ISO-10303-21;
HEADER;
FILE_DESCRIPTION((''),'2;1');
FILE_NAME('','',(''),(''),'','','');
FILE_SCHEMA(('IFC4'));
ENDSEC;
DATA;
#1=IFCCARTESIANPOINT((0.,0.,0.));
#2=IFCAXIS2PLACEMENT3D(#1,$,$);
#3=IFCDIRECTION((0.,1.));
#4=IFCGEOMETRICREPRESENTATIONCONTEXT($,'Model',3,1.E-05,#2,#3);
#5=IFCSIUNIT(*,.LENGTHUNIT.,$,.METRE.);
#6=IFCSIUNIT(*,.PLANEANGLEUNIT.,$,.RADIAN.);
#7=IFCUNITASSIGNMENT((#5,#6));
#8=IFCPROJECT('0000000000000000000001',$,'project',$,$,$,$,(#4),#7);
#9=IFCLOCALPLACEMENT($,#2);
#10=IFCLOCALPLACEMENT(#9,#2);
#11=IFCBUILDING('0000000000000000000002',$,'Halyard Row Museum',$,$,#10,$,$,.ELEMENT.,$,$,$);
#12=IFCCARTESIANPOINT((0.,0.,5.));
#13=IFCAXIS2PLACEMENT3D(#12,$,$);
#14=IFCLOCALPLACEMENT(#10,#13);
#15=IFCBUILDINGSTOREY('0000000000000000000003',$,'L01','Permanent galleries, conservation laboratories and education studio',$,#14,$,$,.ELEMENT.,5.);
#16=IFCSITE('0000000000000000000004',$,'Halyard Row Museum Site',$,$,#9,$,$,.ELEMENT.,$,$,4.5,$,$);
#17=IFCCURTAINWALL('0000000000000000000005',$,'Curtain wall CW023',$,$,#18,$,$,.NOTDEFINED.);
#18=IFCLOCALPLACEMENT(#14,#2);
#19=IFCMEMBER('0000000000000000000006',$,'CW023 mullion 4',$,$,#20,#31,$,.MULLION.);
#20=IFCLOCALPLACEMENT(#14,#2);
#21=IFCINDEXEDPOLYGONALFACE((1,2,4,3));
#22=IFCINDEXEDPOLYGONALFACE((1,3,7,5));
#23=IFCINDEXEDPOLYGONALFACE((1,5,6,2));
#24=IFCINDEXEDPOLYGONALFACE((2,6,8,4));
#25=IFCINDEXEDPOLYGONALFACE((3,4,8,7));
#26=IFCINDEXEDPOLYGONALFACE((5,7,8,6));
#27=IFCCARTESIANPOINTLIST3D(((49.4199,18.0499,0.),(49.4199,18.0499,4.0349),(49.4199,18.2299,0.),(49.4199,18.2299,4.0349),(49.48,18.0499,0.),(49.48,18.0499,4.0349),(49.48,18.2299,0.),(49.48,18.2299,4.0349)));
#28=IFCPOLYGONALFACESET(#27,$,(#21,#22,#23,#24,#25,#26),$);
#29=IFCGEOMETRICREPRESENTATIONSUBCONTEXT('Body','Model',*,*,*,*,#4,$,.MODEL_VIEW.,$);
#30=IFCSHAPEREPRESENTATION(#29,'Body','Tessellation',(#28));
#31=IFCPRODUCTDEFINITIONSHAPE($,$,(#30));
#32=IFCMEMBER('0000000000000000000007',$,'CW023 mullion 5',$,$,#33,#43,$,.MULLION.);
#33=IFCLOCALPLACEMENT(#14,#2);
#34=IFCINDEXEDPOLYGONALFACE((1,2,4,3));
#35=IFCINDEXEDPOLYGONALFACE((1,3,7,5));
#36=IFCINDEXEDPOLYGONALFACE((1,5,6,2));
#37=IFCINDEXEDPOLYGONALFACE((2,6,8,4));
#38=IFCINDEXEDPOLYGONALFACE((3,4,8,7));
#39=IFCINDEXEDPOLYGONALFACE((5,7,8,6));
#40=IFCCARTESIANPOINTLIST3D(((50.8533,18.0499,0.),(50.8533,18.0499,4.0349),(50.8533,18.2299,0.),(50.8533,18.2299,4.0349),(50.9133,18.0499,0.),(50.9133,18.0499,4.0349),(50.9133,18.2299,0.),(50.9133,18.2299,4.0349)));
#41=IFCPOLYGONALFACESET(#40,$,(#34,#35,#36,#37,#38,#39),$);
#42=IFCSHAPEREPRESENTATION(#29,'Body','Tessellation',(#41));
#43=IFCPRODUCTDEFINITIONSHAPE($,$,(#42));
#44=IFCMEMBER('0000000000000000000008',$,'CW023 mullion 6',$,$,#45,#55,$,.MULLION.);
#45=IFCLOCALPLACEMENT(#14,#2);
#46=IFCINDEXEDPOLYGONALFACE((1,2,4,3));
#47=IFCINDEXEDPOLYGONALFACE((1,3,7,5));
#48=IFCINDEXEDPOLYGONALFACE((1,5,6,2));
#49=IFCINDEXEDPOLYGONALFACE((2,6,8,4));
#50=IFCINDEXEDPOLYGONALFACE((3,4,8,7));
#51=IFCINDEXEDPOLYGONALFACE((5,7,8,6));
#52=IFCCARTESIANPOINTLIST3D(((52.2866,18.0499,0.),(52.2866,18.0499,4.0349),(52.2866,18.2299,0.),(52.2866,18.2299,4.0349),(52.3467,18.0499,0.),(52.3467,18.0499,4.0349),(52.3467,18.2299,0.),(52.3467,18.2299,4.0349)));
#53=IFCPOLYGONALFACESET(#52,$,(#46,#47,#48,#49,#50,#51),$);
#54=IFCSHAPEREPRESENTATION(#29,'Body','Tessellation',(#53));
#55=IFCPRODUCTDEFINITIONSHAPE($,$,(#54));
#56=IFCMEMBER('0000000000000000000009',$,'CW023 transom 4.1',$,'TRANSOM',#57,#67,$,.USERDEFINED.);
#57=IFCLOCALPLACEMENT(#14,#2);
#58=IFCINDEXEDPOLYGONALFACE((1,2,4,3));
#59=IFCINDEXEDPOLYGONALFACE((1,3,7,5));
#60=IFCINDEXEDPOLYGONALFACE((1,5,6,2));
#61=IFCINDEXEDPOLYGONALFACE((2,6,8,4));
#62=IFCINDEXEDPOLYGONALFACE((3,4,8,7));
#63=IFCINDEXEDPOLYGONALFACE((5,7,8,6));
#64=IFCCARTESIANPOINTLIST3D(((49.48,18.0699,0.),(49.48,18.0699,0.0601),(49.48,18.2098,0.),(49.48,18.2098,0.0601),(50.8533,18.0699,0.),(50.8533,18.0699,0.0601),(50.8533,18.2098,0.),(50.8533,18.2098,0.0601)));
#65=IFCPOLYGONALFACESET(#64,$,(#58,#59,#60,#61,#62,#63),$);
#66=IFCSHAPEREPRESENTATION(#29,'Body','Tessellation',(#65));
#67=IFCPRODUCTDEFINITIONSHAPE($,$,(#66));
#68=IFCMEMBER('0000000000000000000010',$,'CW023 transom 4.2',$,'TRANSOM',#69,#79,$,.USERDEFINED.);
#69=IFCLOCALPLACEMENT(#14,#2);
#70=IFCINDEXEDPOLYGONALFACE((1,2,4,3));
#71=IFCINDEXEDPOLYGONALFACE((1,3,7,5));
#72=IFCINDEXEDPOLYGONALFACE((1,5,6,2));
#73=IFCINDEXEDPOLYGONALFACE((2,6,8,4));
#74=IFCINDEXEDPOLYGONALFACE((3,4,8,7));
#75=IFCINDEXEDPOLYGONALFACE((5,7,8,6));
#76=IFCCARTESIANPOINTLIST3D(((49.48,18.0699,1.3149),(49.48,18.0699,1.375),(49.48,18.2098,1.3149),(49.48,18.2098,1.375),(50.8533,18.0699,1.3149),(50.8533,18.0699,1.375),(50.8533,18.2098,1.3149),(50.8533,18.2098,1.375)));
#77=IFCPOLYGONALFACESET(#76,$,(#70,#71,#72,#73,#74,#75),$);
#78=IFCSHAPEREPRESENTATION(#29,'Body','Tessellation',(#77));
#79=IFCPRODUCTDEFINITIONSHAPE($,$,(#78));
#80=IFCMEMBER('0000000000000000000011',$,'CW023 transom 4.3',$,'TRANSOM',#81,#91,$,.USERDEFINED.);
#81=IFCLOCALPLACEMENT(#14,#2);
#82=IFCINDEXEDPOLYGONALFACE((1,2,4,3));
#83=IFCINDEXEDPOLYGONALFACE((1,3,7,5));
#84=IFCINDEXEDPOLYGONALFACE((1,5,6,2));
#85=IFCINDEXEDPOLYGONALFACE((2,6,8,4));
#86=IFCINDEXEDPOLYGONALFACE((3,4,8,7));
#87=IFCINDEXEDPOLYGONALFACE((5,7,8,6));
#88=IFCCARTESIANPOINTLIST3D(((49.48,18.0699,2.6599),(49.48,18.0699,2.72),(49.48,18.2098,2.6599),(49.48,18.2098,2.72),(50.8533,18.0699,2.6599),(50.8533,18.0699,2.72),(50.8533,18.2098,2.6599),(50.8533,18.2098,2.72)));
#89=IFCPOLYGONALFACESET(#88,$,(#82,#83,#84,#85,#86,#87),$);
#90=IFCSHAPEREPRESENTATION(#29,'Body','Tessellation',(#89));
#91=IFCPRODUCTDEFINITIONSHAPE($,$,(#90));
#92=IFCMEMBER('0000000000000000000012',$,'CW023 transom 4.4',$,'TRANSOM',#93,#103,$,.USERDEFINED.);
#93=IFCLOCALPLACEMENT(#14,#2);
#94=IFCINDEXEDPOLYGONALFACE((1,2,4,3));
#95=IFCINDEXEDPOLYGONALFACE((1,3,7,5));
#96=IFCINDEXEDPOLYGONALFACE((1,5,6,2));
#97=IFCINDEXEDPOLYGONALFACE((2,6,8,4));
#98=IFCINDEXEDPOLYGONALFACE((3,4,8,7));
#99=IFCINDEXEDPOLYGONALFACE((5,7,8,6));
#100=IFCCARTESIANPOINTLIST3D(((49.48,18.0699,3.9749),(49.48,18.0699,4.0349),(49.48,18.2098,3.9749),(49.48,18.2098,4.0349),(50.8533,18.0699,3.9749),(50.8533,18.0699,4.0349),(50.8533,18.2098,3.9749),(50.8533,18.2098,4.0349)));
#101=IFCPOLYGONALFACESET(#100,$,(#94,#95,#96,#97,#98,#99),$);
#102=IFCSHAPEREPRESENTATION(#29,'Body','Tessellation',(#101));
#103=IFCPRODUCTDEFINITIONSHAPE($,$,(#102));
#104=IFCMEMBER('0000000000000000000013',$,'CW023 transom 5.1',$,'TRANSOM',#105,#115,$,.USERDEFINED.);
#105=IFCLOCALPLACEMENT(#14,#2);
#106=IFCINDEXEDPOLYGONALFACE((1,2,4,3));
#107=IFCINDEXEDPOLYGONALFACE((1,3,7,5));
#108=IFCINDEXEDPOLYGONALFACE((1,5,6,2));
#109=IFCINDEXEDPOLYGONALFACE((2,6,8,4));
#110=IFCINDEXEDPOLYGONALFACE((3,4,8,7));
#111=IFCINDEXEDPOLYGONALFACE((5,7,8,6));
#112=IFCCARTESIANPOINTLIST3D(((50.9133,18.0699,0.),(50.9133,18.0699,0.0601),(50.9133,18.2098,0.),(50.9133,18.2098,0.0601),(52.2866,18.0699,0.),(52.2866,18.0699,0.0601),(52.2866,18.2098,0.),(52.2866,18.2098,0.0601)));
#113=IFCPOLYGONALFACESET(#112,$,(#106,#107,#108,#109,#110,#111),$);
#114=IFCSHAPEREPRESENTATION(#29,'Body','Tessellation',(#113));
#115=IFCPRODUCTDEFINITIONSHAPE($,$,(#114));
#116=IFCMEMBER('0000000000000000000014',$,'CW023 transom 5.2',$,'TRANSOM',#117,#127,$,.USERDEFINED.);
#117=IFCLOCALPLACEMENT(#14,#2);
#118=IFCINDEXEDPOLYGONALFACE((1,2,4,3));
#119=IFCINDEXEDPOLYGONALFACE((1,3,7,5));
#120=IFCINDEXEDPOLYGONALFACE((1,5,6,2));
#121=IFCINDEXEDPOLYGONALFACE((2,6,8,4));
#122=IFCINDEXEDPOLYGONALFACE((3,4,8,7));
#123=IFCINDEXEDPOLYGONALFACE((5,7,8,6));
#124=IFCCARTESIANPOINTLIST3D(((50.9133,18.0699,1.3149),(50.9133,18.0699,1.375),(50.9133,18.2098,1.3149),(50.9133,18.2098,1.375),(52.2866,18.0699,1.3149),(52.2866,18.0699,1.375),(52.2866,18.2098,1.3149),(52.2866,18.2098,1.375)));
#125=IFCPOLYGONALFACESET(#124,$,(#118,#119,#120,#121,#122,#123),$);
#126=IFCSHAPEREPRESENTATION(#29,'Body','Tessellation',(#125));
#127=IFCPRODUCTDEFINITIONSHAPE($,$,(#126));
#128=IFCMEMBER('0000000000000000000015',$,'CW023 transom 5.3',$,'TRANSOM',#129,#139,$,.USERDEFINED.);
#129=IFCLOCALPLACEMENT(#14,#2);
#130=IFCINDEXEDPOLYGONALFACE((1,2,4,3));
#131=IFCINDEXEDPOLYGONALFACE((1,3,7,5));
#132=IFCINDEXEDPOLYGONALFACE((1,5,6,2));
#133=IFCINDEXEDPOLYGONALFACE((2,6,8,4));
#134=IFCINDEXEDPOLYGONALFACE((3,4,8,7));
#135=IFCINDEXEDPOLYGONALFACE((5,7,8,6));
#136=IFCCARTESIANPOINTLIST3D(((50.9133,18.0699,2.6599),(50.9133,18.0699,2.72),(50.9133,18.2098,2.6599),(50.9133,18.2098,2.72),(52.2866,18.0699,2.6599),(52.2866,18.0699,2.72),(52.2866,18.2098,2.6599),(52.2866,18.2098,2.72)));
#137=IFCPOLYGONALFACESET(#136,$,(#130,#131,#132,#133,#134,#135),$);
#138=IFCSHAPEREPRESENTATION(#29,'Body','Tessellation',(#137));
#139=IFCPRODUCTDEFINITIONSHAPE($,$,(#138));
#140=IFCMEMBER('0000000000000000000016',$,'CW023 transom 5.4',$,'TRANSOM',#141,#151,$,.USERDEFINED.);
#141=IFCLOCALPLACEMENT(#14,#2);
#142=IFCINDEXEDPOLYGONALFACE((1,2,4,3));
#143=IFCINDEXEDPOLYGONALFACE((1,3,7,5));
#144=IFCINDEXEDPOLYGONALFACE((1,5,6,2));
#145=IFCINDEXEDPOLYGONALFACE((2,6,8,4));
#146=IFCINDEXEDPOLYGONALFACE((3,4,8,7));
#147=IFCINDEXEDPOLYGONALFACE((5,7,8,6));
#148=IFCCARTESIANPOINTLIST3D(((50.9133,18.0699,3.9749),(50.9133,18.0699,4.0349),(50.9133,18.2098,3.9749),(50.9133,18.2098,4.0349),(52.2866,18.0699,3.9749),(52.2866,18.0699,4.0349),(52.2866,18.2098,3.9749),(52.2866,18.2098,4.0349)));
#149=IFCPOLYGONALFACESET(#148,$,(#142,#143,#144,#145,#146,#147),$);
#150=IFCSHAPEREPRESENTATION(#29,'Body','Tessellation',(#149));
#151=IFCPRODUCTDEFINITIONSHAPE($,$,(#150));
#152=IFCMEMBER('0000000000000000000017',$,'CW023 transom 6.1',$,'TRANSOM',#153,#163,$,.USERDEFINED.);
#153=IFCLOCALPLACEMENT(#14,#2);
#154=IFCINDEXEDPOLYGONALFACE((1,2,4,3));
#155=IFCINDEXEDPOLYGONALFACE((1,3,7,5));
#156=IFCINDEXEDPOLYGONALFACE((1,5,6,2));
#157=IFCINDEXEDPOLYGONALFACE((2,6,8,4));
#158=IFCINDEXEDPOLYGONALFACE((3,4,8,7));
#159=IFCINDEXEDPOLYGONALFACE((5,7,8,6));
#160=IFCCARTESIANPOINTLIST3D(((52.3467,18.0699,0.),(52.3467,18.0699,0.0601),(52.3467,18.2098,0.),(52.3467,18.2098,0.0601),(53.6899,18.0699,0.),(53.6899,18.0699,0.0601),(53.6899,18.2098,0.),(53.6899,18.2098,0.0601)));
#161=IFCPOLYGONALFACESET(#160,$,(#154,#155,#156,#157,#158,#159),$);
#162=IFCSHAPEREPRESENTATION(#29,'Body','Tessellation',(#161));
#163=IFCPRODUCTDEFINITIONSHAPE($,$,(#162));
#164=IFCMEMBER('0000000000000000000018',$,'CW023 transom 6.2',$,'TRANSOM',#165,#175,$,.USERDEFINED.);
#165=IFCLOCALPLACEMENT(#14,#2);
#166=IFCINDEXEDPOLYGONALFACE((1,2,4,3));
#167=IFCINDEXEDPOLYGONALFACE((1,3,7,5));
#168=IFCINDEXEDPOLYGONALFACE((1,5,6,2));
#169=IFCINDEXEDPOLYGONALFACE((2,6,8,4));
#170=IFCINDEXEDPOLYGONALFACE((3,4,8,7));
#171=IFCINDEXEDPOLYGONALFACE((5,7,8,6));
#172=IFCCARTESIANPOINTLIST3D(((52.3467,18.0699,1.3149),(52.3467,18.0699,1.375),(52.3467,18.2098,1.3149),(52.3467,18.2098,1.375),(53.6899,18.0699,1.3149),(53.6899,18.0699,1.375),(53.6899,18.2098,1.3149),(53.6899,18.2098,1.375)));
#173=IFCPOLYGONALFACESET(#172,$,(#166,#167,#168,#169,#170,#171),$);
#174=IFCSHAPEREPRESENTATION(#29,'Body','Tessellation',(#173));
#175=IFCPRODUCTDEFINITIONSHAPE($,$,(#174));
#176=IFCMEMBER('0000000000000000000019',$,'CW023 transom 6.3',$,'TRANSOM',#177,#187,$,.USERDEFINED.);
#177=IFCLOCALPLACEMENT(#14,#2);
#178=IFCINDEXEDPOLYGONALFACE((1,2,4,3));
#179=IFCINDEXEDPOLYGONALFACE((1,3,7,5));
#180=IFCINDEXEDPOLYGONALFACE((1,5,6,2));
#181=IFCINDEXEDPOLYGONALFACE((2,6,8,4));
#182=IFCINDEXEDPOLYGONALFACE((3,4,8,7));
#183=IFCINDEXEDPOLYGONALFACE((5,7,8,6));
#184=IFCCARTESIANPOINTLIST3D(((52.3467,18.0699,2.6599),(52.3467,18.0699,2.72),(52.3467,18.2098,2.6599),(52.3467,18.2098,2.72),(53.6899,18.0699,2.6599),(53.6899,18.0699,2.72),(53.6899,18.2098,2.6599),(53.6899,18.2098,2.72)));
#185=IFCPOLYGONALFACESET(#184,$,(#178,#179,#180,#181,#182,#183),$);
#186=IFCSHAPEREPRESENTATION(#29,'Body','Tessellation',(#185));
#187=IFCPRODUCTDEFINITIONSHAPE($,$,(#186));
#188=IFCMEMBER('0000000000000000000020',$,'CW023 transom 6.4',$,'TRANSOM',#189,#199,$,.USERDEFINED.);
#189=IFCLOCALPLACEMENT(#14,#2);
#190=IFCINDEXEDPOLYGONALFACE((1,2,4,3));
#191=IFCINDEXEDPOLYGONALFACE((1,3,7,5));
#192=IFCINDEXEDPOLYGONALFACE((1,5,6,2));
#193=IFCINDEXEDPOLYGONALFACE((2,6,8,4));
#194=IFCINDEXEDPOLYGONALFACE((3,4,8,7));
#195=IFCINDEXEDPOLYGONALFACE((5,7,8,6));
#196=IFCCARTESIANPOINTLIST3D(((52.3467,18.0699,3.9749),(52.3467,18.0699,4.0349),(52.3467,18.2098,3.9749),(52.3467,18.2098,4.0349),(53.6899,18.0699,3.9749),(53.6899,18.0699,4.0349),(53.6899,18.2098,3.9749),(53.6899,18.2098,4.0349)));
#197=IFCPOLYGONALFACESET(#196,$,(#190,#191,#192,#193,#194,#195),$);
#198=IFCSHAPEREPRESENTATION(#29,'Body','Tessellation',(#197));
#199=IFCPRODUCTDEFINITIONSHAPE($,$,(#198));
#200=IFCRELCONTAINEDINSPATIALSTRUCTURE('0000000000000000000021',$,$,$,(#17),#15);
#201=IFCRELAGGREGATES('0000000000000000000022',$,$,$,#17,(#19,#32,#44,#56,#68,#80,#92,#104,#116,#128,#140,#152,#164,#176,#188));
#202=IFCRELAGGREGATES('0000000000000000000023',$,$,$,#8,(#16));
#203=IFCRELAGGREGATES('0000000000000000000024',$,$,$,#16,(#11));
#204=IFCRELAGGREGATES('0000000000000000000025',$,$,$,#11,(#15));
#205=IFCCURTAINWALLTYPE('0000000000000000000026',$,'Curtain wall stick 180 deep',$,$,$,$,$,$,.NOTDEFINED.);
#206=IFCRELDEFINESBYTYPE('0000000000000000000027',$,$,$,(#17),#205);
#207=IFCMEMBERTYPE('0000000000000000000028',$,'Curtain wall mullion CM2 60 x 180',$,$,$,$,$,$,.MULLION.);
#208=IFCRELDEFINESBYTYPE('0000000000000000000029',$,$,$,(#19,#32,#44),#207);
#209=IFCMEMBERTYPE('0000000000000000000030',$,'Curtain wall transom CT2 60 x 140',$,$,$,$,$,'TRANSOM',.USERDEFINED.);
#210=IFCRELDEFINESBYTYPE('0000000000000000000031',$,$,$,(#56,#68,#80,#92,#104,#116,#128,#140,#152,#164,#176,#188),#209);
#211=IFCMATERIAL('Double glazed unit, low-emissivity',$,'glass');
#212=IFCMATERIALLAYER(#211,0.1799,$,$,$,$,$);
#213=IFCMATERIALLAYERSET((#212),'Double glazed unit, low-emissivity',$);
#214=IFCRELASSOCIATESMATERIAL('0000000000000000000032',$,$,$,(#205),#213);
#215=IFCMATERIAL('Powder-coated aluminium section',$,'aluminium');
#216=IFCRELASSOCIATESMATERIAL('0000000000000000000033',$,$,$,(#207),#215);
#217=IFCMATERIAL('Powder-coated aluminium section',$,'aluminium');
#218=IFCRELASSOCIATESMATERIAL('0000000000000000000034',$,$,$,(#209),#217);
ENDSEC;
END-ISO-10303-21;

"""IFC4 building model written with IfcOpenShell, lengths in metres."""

from ifc_helpers import new_model, si_unit, direction, frame, origin, origin_2d, place, context, subcontext, project, spatial, rectangle, extrude, material, layer, layer_set, material_profile, profile_set, type_object, element, aggregate, save


model = new_model("IFC4")

# Units and contexts
model_context = context("Model", 3, precision=1e-05, world=origin(), true_north=direction((0.0, 1.0)))
body_context = subcontext(model_context, "Body", "Model", "MODEL_VIEW")
ifc_project = project(units=[si_unit("LENGTHUNIT", "METRE"), si_unit("PLANEANGLEUNIT", "RADIAN")], contexts=[model_context])

# Site, building, storey
site_placement = place(None, origin())
site = spatial("IfcSite", under=ifc_project, at=site_placement, Name="Halyard Row Museum Site", CompositionType="ELEMENT", RefElevation=4.5)
building_placement = place(site_placement, origin())
building = spatial("IfcBuilding", under=site, at=building_placement, Name="Halyard Row Museum", CompositionType="ELEMENT")
storey_placement = place(building_placement, frame((0.0, 0.0, 5.0)))
storey = spatial("IfcBuildingStorey", under=building, at=storey_placement, Name="L01", Description="Permanent galleries, conservation laboratories and education studio", CompositionType="ELEMENT", Elevation=5.0)

# Curtain wall, members
ifc_material_1 = material(Name="Double glazed unit, low-emissivity", Category="glass")
ifc_layer_1 = layer(ifc_material_1, 0.1799)
ifc_layer_set_1 = layer_set([ifc_layer_1], Name="Double glazed unit, low-emissivity")
curtain_wall_type = type_object("IfcCurtainWallType", Name="Curtain wall stick 180 deep", PredefinedType="NOTDEFINED", material=ifc_layer_set_1)
curtain_wall_placement = place(storey_placement, origin())
curtain_wall = element("IfcCurtainWall", 1, at=curtain_wall_placement, inside=storey, type_object=curtain_wall_type, Name="Curtain wall CW023", PredefinedType="NOTDEFINED")
ifc_material_2 = material(Name="Powder-coated aluminium section", Category="aluminium")
ifc_material_profile_1 = material_profile(ifc_material_2, rectangle(XDim=0.1799, YDim=0.0601, at=origin_2d()), Name="180x60 mullion")
ifc_profile_set_1 = profile_set([ifc_material_profile_1], Name="Powder-coated aluminium section")
member_type_1 = type_object("IfcMemberType", Name="Curtain wall mullion CM2 60 x 180", PredefinedType="MULLION", material=ifc_profile_set_1)
member_1_placement = place(storey_placement, frame((49.45, 18.1399, 0.0), z_axis=(0.0, 0.0, 1.0), x_axis=(0.0, 1.0, 0.0)))
member_1 = element("IfcMember", 2, at=member_1_placement, type_object=member_type_1, Name="CW023 mullion 4", PredefinedType="MULLION", context=body_context, shape_type="SweptSolid", body=[
    extrude(rectangle(XDim=0.1799, YDim=0.0601, at=origin_2d()), origin(), (0.0, 0.0, 1.0), 4.0349),
])
member_2_placement = place(storey_placement, frame((50.8833, 18.1399, 0.0), z_axis=(0.0, 0.0, 1.0), x_axis=(0.0, 1.0, 0.0)))
member_2 = element("IfcMember", 3, at=member_2_placement, type_object=member_type_1, Name="CW023 mullion 5", PredefinedType="MULLION", context=body_context, shape_type="SweptSolid", body=[
    extrude(rectangle(XDim=0.1799, YDim=0.0601, at=origin_2d()), origin(), (0.0, 0.0, 1.0), 4.0349),
])
member_3_placement = place(storey_placement, frame((52.3167, 18.1399, 0.0), z_axis=(0.0, 0.0, 1.0), x_axis=(0.0, 1.0, 0.0)))
member_3 = element("IfcMember", 4, at=member_3_placement, type_object=member_type_1, Name="CW023 mullion 6", PredefinedType="MULLION", context=body_context, shape_type="SweptSolid", body=[
    extrude(rectangle(XDim=0.1799, YDim=0.0601, at=origin_2d()), origin(), (0.0, 0.0, 1.0), 4.0349),
])
ifc_material_3 = material(Name="Powder-coated aluminium section", Category="aluminium")
ifc_material_profile_2 = material_profile(ifc_material_3, rectangle(XDim=0.1399, YDim=0.0601, at=origin_2d()), Name="140x60 transom")
ifc_profile_set_2 = profile_set([ifc_material_profile_2], Name="Powder-coated aluminium section")
member_type_2 = type_object("IfcMemberType", Name="Curtain wall transom CT2 60 x 140", ElementType="TRANSOM", PredefinedType="USERDEFINED", material=ifc_profile_set_2)
member_4_placement = place(storey_placement, frame((49.48, 18.1399, 0.03), z_axis=(1.0, 0.0, 0.0), x_axis=(0.0, 1.0, 0.0)))
member_4 = element("IfcMember", 5, at=member_4_placement, type_object=member_type_2, Name="CW023 transom 4.1", ObjectType="TRANSOM", PredefinedType="USERDEFINED", context=body_context, shape_type="SweptSolid", body=[
    extrude(rectangle(XDim=0.1399, YDim=0.0601, at=origin_2d()), origin(), (0.0, 0.0, 1.0), 1.3733),
])
member_5_placement = place(storey_placement, frame((49.48, 18.1399, 1.345), z_axis=(1.0, 0.0, 0.0), x_axis=(0.0, 1.0, 0.0)))
member_5 = element("IfcMember", 6, at=member_5_placement, type_object=member_type_2, Name="CW023 transom 4.2", ObjectType="TRANSOM", PredefinedType="USERDEFINED", context=body_context, shape_type="SweptSolid", body=[
    extrude(rectangle(XDim=0.1399, YDim=0.0601, at=origin_2d()), origin(), (0.0, 0.0, 1.0), 1.3733),
])
member_6_placement = place(storey_placement, frame((49.48, 18.1399, 2.6899), z_axis=(1.0, 0.0, 0.0), x_axis=(0.0, 1.0, 0.0)))
member_6 = element("IfcMember", 7, at=member_6_placement, type_object=member_type_2, Name="CW023 transom 4.3", ObjectType="TRANSOM", PredefinedType="USERDEFINED", context=body_context, shape_type="SweptSolid", body=[
    extrude(rectangle(XDim=0.1399, YDim=0.0601, at=origin_2d()), origin(), (0.0, 0.0, 1.0), 1.3733),
])
member_7_placement = place(storey_placement, frame((49.48, 18.1399, 4.0049), z_axis=(1.0, 0.0, 0.0), x_axis=(0.0, 1.0, 0.0)))
member_7 = element("IfcMember", 8, at=member_7_placement, type_object=member_type_2, Name="CW023 transom 4.4", ObjectType="TRANSOM", PredefinedType="USERDEFINED", context=body_context, shape_type="SweptSolid", body=[
    extrude(rectangle(XDim=0.1399, YDim=0.0601, at=origin_2d()), origin(), (0.0, 0.0, 1.0), 1.3733),
])
member_8_placement = place(storey_placement, frame((50.9133, 18.1399, 0.03), z_axis=(1.0, 0.0, 0.0), x_axis=(0.0, 1.0, 0.0)))
member_8 = element("IfcMember", 9, at=member_8_placement, type_object=member_type_2, Name="CW023 transom 5.1", ObjectType="TRANSOM", PredefinedType="USERDEFINED", context=body_context, shape_type="SweptSolid", body=[
    extrude(rectangle(XDim=0.1399, YDim=0.0601, at=origin_2d()), origin(), (0.0, 0.0, 1.0), 1.3733),
])
member_9_placement = place(storey_placement, frame((50.9133, 18.1399, 1.345), z_axis=(1.0, 0.0, 0.0), x_axis=(0.0, 1.0, 0.0)))
member_9 = element("IfcMember", 10, at=member_9_placement, type_object=member_type_2, Name="CW023 transom 5.2", ObjectType="TRANSOM", PredefinedType="USERDEFINED", context=body_context, shape_type="SweptSolid", body=[
    extrude(rectangle(XDim=0.1399, YDim=0.0601, at=origin_2d()), origin(), (0.0, 0.0, 1.0), 1.3733),
])
member_10_placement = place(storey_placement, frame((50.9133, 18.1399, 2.6899), z_axis=(1.0, 0.0, 0.0), x_axis=(0.0, 1.0, 0.0)))
member_10 = element("IfcMember", 11, at=member_10_placement, type_object=member_type_2, Name="CW023 transom 5.3", ObjectType="TRANSOM", PredefinedType="USERDEFINED", context=body_context, shape_type="SweptSolid", body=[
    extrude(rectangle(XDim=0.1399, YDim=0.0601, at=origin_2d()), origin(), (0.0, 0.0, 1.0), 1.3733),
])
member_11_placement = place(storey_placement, frame((50.9133, 18.1399, 4.0049), z_axis=(1.0, 0.0, 0.0), x_axis=(0.0, 1.0, 0.0)))
member_11 = element("IfcMember", 12, at=member_11_placement, type_object=member_type_2, Name="CW023 transom 5.4", ObjectType="TRANSOM", PredefinedType="USERDEFINED", context=body_context, shape_type="SweptSolid", body=[
    extrude(rectangle(XDim=0.1399, YDim=0.0601, at=origin_2d()), origin(), (0.0, 0.0, 1.0), 1.3733),
])
member_12_placement = place(storey_placement, frame((52.3467, 18.1399, 0.03), z_axis=(1.0, 0.0, 0.0), x_axis=(0.0, 1.0, 0.0)))
member_12 = element("IfcMember", 13, at=member_12_placement, type_object=member_type_2, Name="CW023 transom 6.1", ObjectType="TRANSOM", PredefinedType="USERDEFINED", context=body_context, shape_type="SweptSolid", body=[
    extrude(rectangle(XDim=0.1399, YDim=0.0601, at=origin_2d()), origin(), (0.0, 0.0, 1.0), 1.3433),
])
member_13_placement = place(storey_placement, frame((52.3467, 18.1399, 1.345), z_axis=(1.0, 0.0, 0.0), x_axis=(0.0, 1.0, 0.0)))
member_13 = element("IfcMember", 14, at=member_13_placement, type_object=member_type_2, Name="CW023 transom 6.2", ObjectType="TRANSOM", PredefinedType="USERDEFINED", context=body_context, shape_type="SweptSolid", body=[
    extrude(rectangle(XDim=0.1399, YDim=0.0601, at=origin_2d()), origin(), (0.0, 0.0, 1.0), 1.3433),
])
member_14_placement = place(storey_placement, frame((52.3467, 18.1399, 2.6899), z_axis=(1.0, 0.0, 0.0), x_axis=(0.0, 1.0, 0.0)))
member_14 = element("IfcMember", 15, at=member_14_placement, type_object=member_type_2, Name="CW023 transom 6.3", ObjectType="TRANSOM", PredefinedType="USERDEFINED", context=body_context, shape_type="SweptSolid", body=[
    extrude(rectangle(XDim=0.1399, YDim=0.0601, at=origin_2d()), origin(), (0.0, 0.0, 1.0), 1.3433),
])
member_15_placement = place(storey_placement, frame((52.3467, 18.1399, 4.0049), z_axis=(1.0, 0.0, 0.0), x_axis=(0.0, 1.0, 0.0)))
member_15 = element("IfcMember", 16, at=member_15_placement, type_object=member_type_2, Name="CW023 transom 6.4", ObjectType="TRANSOM", PredefinedType="USERDEFINED", context=body_context, shape_type="SweptSolid", body=[
    extrude(rectangle(XDim=0.1399, YDim=0.0601, at=origin_2d()), origin(), (0.0, 0.0, 1.0), 1.3433),
])

aggregate(curtain_wall, [member_1, member_2, member_3, member_4, member_5, member_6, member_7, member_8, member_9, member_10, member_11, member_12, member_13, member_14, member_15])

save(model, "model.ifc")
